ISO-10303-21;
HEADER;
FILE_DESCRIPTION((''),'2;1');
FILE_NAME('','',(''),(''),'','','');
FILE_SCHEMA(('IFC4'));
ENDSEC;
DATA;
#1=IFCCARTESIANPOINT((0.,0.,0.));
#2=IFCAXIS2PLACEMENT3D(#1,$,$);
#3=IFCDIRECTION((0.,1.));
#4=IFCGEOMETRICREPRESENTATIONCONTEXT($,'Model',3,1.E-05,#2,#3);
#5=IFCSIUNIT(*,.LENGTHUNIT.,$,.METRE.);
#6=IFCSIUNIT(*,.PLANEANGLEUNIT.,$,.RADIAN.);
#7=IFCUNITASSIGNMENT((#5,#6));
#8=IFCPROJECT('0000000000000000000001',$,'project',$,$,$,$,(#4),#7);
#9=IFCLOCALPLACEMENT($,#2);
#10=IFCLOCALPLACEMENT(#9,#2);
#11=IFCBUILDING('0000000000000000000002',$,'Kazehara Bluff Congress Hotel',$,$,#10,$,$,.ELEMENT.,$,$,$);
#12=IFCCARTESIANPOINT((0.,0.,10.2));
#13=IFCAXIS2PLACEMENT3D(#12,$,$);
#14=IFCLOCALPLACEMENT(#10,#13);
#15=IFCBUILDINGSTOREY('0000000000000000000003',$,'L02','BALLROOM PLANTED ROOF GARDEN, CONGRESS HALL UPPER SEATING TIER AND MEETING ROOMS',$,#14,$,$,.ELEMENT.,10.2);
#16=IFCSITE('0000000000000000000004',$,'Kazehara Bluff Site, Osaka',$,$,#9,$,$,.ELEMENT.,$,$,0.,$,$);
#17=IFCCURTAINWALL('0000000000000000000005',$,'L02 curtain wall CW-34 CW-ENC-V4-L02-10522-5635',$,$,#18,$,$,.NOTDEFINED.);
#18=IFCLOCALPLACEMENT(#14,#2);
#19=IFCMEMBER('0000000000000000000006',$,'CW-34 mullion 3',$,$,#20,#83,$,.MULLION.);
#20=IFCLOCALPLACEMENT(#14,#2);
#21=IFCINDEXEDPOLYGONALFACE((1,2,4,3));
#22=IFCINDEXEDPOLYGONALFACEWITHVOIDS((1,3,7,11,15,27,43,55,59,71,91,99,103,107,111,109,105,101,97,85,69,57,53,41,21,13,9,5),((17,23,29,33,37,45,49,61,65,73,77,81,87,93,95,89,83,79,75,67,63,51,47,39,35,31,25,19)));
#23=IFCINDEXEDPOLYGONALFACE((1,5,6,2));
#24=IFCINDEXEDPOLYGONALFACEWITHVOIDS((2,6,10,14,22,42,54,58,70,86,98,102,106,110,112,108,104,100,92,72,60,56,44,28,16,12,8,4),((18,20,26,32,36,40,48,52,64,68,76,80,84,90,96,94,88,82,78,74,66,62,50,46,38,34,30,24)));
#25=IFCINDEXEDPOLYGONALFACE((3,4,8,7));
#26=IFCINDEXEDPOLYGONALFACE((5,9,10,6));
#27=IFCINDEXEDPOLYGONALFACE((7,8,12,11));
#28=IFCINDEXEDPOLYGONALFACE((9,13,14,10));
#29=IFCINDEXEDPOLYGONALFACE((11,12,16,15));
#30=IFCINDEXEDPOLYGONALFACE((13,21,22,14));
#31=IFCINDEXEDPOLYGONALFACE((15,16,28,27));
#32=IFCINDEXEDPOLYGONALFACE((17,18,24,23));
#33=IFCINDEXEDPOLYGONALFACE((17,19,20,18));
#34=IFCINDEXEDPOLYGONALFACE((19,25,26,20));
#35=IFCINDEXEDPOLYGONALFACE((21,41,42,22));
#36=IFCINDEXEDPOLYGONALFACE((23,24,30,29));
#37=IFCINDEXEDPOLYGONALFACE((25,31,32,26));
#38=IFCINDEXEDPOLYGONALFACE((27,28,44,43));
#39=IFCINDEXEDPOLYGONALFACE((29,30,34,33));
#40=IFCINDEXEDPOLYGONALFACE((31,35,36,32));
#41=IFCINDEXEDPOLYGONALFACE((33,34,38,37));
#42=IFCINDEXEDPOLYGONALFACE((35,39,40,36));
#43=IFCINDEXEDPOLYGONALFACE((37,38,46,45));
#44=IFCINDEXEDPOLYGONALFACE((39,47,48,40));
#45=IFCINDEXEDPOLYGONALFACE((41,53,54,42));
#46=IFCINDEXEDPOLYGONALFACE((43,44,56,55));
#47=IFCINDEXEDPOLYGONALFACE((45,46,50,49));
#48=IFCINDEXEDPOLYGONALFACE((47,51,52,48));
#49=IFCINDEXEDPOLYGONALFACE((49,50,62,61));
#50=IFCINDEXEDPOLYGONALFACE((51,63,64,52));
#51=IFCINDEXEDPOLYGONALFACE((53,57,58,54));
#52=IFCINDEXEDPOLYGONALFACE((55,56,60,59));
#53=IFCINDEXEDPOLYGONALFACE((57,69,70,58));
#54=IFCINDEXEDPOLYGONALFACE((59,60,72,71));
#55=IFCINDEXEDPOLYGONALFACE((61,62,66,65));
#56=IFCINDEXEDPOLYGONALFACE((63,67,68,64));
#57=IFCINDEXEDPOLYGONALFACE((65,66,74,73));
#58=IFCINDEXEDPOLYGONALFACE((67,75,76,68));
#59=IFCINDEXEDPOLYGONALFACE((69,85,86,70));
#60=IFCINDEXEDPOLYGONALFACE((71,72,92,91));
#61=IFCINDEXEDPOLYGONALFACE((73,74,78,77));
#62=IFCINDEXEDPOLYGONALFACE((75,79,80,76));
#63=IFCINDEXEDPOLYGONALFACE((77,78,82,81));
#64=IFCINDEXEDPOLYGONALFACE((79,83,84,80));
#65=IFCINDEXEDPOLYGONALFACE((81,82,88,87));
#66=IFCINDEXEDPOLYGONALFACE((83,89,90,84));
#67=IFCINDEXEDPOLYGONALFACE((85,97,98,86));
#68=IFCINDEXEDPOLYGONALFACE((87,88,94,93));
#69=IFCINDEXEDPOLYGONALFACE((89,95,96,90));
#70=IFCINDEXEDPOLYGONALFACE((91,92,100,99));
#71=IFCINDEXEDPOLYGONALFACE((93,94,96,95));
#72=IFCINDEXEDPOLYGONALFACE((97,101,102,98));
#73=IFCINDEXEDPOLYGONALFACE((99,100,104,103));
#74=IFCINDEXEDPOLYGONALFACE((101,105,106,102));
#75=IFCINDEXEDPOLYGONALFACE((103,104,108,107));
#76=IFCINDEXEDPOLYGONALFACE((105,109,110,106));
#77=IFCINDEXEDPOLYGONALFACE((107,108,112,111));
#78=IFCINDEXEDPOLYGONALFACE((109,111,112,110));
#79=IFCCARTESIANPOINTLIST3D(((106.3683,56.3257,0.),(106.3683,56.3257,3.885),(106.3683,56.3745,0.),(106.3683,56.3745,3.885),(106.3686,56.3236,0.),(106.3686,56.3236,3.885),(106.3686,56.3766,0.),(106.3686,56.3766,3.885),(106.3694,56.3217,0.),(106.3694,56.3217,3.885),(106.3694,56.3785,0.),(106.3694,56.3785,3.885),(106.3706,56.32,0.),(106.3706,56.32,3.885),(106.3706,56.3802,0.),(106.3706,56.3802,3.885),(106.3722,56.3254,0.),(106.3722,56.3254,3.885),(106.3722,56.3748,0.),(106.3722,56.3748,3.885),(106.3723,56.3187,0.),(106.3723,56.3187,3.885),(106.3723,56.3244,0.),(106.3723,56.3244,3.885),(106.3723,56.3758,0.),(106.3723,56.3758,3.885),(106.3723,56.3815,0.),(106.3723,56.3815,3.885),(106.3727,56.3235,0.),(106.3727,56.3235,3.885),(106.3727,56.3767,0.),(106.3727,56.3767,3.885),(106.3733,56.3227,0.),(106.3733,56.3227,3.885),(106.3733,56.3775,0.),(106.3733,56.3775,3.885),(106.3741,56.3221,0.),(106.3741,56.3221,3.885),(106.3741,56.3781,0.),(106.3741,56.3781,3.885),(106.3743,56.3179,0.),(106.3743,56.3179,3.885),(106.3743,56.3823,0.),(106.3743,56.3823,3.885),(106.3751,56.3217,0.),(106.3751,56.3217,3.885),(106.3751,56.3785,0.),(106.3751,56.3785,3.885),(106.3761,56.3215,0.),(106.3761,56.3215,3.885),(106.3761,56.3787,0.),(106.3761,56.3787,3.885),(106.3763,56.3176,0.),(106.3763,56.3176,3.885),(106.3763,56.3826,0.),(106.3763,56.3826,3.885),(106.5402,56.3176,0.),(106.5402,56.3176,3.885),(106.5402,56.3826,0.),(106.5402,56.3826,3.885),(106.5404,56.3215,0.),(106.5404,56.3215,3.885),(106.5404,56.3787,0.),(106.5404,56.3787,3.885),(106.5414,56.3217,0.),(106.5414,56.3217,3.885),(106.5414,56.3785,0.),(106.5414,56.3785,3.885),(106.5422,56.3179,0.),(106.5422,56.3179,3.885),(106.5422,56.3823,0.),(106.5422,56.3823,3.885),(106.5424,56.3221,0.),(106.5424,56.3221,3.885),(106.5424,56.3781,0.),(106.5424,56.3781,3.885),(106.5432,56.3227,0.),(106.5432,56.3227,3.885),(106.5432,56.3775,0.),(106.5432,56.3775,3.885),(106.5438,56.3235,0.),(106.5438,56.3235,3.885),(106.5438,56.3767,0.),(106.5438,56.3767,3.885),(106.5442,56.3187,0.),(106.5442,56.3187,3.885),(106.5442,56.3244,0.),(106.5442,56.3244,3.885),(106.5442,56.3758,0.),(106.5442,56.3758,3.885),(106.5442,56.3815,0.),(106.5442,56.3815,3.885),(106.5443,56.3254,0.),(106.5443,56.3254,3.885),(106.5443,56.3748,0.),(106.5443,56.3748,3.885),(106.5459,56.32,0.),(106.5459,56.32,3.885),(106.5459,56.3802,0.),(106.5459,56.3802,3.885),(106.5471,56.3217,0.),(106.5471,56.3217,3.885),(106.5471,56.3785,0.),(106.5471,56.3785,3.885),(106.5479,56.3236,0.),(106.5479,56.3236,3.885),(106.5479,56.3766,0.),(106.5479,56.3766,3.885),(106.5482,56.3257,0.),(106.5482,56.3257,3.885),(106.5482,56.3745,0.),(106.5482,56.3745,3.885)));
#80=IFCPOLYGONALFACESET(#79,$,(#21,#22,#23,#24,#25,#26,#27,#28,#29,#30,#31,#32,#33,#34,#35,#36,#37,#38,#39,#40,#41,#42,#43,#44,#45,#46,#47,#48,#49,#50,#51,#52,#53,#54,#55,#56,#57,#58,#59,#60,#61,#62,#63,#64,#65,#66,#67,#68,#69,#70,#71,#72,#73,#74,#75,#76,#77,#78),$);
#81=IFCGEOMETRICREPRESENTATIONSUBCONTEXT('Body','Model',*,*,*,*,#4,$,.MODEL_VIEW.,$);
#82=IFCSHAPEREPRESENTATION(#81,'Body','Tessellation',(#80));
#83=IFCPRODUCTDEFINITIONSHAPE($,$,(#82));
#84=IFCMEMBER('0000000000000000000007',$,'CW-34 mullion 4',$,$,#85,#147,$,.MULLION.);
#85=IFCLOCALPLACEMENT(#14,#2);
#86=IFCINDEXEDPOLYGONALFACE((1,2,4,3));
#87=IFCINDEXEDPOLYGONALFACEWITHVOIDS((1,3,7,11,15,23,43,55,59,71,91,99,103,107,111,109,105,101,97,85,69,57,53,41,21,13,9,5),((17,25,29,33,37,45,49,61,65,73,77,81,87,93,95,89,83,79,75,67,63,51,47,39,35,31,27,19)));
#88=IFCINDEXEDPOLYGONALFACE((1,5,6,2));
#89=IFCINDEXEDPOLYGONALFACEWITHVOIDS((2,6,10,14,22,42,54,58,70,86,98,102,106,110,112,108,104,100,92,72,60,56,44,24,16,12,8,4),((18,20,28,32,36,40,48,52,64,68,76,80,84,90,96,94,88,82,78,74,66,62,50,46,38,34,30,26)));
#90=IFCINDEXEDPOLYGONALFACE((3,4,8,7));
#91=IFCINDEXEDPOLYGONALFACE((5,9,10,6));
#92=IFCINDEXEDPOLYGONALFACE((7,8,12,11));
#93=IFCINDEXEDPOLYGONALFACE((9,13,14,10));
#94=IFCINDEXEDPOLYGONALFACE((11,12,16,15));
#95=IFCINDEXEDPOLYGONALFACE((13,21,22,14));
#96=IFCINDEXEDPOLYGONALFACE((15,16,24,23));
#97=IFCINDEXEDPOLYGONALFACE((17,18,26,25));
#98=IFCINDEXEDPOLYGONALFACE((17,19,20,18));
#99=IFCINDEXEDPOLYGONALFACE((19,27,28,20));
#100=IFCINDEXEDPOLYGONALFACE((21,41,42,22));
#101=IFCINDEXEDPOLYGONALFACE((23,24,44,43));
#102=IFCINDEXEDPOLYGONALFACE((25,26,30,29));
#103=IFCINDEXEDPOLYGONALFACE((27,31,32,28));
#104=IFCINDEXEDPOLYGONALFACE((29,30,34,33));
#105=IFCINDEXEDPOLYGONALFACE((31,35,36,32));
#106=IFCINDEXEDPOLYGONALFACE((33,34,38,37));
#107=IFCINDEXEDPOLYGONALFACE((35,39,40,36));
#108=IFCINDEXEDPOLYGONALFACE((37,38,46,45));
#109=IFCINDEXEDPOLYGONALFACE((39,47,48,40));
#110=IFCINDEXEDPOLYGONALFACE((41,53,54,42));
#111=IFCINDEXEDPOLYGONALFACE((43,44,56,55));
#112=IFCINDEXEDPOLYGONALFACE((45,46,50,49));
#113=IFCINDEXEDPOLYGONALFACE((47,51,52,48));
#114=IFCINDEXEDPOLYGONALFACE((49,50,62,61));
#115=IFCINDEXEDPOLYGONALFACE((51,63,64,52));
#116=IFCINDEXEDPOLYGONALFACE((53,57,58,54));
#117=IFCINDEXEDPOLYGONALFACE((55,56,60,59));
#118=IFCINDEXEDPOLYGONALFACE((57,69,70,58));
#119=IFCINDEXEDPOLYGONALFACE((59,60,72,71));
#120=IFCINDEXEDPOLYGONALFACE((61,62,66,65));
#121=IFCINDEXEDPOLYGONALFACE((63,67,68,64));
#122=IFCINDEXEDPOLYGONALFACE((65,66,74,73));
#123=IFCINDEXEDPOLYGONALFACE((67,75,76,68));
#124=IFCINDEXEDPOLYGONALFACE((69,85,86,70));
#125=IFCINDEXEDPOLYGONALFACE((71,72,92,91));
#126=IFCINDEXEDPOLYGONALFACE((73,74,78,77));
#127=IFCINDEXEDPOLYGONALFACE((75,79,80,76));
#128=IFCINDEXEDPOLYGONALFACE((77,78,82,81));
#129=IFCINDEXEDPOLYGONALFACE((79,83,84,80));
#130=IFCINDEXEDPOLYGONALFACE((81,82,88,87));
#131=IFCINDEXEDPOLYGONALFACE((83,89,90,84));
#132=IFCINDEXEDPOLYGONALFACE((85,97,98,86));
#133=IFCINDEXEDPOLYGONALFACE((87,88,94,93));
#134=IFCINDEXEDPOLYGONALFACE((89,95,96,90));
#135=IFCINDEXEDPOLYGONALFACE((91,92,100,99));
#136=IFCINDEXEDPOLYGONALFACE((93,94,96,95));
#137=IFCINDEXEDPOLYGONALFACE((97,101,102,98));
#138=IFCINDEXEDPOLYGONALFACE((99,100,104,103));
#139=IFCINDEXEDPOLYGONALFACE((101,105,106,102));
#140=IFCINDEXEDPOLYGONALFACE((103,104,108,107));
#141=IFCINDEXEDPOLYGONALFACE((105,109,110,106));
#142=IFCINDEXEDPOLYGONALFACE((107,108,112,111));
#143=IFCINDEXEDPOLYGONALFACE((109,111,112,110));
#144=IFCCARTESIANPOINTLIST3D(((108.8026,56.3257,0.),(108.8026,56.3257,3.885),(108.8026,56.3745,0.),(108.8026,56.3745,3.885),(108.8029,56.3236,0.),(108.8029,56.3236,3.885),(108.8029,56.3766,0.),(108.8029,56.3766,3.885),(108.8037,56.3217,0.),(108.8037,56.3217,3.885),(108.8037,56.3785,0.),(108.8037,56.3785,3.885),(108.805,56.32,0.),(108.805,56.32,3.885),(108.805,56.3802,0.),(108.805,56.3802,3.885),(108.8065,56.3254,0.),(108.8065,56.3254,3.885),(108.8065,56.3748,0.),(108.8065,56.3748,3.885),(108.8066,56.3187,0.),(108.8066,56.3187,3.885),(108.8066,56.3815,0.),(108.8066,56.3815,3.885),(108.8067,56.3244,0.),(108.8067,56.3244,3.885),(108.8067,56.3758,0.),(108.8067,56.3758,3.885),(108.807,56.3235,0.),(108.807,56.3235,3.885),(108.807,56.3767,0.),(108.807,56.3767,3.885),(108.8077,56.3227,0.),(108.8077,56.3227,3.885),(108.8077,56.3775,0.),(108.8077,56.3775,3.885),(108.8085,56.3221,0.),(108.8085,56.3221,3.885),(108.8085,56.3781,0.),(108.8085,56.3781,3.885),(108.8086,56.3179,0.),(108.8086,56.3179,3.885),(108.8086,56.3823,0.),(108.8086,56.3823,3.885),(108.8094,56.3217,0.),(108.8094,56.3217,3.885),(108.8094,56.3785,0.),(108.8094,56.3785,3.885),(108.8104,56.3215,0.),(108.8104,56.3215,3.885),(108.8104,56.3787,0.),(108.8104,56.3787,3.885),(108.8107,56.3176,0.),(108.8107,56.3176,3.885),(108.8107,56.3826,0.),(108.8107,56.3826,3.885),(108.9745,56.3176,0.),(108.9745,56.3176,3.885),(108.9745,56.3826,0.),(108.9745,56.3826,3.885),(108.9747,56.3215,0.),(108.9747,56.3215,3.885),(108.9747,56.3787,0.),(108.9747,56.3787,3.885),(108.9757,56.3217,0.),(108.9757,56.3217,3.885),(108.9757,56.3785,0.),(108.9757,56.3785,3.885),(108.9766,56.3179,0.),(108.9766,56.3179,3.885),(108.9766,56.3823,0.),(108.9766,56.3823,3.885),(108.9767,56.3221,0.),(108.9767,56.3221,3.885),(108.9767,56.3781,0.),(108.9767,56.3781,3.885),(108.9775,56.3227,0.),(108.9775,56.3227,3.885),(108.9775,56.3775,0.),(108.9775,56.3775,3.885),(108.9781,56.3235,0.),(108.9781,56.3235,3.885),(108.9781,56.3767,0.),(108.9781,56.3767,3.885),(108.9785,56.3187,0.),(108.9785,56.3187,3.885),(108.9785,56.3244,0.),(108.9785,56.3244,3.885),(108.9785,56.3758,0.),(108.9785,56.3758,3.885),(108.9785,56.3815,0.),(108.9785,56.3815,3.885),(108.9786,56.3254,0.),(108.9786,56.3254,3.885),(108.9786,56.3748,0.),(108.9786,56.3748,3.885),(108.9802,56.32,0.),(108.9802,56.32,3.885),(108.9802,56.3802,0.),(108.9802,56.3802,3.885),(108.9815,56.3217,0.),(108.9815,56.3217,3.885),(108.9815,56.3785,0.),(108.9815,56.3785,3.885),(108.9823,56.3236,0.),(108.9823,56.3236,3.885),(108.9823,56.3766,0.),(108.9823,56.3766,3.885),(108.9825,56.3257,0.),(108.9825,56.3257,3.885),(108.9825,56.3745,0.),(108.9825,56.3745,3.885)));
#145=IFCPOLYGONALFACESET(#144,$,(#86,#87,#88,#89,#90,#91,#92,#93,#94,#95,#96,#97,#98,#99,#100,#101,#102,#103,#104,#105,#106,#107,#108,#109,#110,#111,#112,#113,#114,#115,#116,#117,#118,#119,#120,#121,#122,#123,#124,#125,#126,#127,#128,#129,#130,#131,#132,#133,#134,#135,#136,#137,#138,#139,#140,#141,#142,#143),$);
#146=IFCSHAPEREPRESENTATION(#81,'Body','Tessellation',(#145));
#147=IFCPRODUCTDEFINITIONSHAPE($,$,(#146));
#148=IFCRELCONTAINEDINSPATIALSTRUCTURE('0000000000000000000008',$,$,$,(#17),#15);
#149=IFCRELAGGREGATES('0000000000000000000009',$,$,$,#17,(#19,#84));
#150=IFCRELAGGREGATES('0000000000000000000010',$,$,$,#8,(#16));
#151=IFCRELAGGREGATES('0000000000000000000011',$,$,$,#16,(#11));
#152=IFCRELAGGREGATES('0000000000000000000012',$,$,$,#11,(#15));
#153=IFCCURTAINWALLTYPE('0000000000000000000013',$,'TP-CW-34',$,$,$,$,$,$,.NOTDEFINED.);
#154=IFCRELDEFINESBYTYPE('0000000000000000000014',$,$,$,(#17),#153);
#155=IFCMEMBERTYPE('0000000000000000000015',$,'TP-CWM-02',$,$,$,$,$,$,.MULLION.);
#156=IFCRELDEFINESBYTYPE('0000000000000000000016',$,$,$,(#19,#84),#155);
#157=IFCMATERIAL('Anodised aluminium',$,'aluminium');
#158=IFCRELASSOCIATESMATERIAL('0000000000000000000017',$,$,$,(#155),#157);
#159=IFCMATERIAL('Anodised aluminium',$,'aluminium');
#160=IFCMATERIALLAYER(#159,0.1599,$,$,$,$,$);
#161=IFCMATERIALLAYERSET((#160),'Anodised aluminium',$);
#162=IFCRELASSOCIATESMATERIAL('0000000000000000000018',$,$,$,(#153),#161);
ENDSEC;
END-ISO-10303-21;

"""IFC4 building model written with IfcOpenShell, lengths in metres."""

from ifc_helpers import new_model, si_unit, direction, frame, origin, origin_2d, place, context, subcontext, project, spatial, hollow_rectangle, extrude, material, layer, layer_set, material_profile, profile_set, type_object, element, aggregate, save


model = new_model("IFC4")

# Units and contexts
model_context = context("Model", 3, precision=1e-05, world=origin(), true_north=direction((0.0, 1.0)))
body_context = subcontext(model_context, "Body", "Model", "MODEL_VIEW")
ifc_project = project(units=[si_unit("LENGTHUNIT", "METRE"), si_unit("PLANEANGLEUNIT", "RADIAN")], contexts=[model_context])

# Site, building, storey
site_placement = place(None, origin())
site = spatial("IfcSite", under=ifc_project, at=site_placement, Name="Kazehara Bluff Site, Osaka", CompositionType="ELEMENT", RefElevation=0.0)
building_placement = place(site_placement, origin())
building = spatial("IfcBuilding", under=site, at=building_placement, Name="Kazehara Bluff Congress Hotel", CompositionType="ELEMENT")
storey_placement = place(building_placement, frame((0.0, 0.0, 10.2)))
storey = spatial("IfcBuildingStorey", under=building, at=storey_placement, Name="L02", Description="BALLROOM PLANTED ROOF GARDEN, CONGRESS HALL UPPER SEATING TIER AND MEETING ROOMS", CompositionType="ELEMENT", Elevation=10.2)

# Curtain wall, members
ifc_material_1 = material(Name="Anodised aluminium", Category="aluminium")
ifc_material_profile_1 = material_profile(ifc_material_1, hollow_rectangle(XDim=0.0649, YDim=0.1799, WallThickness=0.0039, InnerFilletRadius=0.0039, OuterFilletRadius=0.0081, at=origin_2d()))
ifc_profile_set_1 = profile_set([ifc_material_profile_1], Name="Anodised aluminium")
member_type_1 = type_object("IfcMemberType", Name="TP-CWM-02", PredefinedType="MULLION", material=ifc_profile_set_1)
ifc_material_2 = material(Name="Anodised aluminium", Category="aluminium")
ifc_layer_1 = layer(ifc_material_2, 0.1599)
ifc_layer_set_1 = layer_set([ifc_layer_1], Name="Anodised aluminium")
curtain_wall_type_1 = type_object("IfcCurtainWallType", Name="TP-CW-34", PredefinedType="NOTDEFINED", material=ifc_layer_set_1)
curtain_wall_1_placement = place(storey_placement, origin())
curtain_wall_1 = element("IfcCurtainWall", 1, at=curtain_wall_1_placement, inside=storey, type_object=curtain_wall_type_1, Name="L02 curtain wall CW-34 CW-ENC-V4-L02-10522-5635", PredefinedType="NOTDEFINED")
member_1_placement = place(storey_placement, frame((106.4583, 56.3501, 0.0), z_axis=(0.0, 0.0, 1.0), x_axis=(0.0, 1.0, 0.0)))
member_1 = element("IfcMember", 2, at=member_1_placement, type_object=member_type_1, Name="CW-34 mullion 3", PredefinedType="MULLION", context=body_context, shape_type="SweptSolid", body=[
    extrude(hollow_rectangle(XDim=0.0649, YDim=0.1799, WallThickness=0.0039, InnerFilletRadius=0.0039, OuterFilletRadius=0.0081, at=origin_2d()), origin(), (0.0, 0.0, 1.0), 3.885),
])
member_2_placement = place(storey_placement, frame((108.8926, 56.3501, 0.0), z_axis=(0.0, 0.0, 1.0), x_axis=(0.0, 1.0, 0.0)))
member_2 = element("IfcMember", 3, at=member_2_placement, type_object=member_type_1, Name="CW-34 mullion 4", PredefinedType="MULLION", context=body_context, shape_type="SweptSolid", body=[
    extrude(hollow_rectangle(XDim=0.0649, YDim=0.1799, WallThickness=0.0039, InnerFilletRadius=0.0039, OuterFilletRadius=0.0081, at=origin_2d()), origin(), (0.0, 0.0, 1.0), 3.885),
])

aggregate(curtain_wall_1, [member_1, member_2])

save(model, "model.ifc")
